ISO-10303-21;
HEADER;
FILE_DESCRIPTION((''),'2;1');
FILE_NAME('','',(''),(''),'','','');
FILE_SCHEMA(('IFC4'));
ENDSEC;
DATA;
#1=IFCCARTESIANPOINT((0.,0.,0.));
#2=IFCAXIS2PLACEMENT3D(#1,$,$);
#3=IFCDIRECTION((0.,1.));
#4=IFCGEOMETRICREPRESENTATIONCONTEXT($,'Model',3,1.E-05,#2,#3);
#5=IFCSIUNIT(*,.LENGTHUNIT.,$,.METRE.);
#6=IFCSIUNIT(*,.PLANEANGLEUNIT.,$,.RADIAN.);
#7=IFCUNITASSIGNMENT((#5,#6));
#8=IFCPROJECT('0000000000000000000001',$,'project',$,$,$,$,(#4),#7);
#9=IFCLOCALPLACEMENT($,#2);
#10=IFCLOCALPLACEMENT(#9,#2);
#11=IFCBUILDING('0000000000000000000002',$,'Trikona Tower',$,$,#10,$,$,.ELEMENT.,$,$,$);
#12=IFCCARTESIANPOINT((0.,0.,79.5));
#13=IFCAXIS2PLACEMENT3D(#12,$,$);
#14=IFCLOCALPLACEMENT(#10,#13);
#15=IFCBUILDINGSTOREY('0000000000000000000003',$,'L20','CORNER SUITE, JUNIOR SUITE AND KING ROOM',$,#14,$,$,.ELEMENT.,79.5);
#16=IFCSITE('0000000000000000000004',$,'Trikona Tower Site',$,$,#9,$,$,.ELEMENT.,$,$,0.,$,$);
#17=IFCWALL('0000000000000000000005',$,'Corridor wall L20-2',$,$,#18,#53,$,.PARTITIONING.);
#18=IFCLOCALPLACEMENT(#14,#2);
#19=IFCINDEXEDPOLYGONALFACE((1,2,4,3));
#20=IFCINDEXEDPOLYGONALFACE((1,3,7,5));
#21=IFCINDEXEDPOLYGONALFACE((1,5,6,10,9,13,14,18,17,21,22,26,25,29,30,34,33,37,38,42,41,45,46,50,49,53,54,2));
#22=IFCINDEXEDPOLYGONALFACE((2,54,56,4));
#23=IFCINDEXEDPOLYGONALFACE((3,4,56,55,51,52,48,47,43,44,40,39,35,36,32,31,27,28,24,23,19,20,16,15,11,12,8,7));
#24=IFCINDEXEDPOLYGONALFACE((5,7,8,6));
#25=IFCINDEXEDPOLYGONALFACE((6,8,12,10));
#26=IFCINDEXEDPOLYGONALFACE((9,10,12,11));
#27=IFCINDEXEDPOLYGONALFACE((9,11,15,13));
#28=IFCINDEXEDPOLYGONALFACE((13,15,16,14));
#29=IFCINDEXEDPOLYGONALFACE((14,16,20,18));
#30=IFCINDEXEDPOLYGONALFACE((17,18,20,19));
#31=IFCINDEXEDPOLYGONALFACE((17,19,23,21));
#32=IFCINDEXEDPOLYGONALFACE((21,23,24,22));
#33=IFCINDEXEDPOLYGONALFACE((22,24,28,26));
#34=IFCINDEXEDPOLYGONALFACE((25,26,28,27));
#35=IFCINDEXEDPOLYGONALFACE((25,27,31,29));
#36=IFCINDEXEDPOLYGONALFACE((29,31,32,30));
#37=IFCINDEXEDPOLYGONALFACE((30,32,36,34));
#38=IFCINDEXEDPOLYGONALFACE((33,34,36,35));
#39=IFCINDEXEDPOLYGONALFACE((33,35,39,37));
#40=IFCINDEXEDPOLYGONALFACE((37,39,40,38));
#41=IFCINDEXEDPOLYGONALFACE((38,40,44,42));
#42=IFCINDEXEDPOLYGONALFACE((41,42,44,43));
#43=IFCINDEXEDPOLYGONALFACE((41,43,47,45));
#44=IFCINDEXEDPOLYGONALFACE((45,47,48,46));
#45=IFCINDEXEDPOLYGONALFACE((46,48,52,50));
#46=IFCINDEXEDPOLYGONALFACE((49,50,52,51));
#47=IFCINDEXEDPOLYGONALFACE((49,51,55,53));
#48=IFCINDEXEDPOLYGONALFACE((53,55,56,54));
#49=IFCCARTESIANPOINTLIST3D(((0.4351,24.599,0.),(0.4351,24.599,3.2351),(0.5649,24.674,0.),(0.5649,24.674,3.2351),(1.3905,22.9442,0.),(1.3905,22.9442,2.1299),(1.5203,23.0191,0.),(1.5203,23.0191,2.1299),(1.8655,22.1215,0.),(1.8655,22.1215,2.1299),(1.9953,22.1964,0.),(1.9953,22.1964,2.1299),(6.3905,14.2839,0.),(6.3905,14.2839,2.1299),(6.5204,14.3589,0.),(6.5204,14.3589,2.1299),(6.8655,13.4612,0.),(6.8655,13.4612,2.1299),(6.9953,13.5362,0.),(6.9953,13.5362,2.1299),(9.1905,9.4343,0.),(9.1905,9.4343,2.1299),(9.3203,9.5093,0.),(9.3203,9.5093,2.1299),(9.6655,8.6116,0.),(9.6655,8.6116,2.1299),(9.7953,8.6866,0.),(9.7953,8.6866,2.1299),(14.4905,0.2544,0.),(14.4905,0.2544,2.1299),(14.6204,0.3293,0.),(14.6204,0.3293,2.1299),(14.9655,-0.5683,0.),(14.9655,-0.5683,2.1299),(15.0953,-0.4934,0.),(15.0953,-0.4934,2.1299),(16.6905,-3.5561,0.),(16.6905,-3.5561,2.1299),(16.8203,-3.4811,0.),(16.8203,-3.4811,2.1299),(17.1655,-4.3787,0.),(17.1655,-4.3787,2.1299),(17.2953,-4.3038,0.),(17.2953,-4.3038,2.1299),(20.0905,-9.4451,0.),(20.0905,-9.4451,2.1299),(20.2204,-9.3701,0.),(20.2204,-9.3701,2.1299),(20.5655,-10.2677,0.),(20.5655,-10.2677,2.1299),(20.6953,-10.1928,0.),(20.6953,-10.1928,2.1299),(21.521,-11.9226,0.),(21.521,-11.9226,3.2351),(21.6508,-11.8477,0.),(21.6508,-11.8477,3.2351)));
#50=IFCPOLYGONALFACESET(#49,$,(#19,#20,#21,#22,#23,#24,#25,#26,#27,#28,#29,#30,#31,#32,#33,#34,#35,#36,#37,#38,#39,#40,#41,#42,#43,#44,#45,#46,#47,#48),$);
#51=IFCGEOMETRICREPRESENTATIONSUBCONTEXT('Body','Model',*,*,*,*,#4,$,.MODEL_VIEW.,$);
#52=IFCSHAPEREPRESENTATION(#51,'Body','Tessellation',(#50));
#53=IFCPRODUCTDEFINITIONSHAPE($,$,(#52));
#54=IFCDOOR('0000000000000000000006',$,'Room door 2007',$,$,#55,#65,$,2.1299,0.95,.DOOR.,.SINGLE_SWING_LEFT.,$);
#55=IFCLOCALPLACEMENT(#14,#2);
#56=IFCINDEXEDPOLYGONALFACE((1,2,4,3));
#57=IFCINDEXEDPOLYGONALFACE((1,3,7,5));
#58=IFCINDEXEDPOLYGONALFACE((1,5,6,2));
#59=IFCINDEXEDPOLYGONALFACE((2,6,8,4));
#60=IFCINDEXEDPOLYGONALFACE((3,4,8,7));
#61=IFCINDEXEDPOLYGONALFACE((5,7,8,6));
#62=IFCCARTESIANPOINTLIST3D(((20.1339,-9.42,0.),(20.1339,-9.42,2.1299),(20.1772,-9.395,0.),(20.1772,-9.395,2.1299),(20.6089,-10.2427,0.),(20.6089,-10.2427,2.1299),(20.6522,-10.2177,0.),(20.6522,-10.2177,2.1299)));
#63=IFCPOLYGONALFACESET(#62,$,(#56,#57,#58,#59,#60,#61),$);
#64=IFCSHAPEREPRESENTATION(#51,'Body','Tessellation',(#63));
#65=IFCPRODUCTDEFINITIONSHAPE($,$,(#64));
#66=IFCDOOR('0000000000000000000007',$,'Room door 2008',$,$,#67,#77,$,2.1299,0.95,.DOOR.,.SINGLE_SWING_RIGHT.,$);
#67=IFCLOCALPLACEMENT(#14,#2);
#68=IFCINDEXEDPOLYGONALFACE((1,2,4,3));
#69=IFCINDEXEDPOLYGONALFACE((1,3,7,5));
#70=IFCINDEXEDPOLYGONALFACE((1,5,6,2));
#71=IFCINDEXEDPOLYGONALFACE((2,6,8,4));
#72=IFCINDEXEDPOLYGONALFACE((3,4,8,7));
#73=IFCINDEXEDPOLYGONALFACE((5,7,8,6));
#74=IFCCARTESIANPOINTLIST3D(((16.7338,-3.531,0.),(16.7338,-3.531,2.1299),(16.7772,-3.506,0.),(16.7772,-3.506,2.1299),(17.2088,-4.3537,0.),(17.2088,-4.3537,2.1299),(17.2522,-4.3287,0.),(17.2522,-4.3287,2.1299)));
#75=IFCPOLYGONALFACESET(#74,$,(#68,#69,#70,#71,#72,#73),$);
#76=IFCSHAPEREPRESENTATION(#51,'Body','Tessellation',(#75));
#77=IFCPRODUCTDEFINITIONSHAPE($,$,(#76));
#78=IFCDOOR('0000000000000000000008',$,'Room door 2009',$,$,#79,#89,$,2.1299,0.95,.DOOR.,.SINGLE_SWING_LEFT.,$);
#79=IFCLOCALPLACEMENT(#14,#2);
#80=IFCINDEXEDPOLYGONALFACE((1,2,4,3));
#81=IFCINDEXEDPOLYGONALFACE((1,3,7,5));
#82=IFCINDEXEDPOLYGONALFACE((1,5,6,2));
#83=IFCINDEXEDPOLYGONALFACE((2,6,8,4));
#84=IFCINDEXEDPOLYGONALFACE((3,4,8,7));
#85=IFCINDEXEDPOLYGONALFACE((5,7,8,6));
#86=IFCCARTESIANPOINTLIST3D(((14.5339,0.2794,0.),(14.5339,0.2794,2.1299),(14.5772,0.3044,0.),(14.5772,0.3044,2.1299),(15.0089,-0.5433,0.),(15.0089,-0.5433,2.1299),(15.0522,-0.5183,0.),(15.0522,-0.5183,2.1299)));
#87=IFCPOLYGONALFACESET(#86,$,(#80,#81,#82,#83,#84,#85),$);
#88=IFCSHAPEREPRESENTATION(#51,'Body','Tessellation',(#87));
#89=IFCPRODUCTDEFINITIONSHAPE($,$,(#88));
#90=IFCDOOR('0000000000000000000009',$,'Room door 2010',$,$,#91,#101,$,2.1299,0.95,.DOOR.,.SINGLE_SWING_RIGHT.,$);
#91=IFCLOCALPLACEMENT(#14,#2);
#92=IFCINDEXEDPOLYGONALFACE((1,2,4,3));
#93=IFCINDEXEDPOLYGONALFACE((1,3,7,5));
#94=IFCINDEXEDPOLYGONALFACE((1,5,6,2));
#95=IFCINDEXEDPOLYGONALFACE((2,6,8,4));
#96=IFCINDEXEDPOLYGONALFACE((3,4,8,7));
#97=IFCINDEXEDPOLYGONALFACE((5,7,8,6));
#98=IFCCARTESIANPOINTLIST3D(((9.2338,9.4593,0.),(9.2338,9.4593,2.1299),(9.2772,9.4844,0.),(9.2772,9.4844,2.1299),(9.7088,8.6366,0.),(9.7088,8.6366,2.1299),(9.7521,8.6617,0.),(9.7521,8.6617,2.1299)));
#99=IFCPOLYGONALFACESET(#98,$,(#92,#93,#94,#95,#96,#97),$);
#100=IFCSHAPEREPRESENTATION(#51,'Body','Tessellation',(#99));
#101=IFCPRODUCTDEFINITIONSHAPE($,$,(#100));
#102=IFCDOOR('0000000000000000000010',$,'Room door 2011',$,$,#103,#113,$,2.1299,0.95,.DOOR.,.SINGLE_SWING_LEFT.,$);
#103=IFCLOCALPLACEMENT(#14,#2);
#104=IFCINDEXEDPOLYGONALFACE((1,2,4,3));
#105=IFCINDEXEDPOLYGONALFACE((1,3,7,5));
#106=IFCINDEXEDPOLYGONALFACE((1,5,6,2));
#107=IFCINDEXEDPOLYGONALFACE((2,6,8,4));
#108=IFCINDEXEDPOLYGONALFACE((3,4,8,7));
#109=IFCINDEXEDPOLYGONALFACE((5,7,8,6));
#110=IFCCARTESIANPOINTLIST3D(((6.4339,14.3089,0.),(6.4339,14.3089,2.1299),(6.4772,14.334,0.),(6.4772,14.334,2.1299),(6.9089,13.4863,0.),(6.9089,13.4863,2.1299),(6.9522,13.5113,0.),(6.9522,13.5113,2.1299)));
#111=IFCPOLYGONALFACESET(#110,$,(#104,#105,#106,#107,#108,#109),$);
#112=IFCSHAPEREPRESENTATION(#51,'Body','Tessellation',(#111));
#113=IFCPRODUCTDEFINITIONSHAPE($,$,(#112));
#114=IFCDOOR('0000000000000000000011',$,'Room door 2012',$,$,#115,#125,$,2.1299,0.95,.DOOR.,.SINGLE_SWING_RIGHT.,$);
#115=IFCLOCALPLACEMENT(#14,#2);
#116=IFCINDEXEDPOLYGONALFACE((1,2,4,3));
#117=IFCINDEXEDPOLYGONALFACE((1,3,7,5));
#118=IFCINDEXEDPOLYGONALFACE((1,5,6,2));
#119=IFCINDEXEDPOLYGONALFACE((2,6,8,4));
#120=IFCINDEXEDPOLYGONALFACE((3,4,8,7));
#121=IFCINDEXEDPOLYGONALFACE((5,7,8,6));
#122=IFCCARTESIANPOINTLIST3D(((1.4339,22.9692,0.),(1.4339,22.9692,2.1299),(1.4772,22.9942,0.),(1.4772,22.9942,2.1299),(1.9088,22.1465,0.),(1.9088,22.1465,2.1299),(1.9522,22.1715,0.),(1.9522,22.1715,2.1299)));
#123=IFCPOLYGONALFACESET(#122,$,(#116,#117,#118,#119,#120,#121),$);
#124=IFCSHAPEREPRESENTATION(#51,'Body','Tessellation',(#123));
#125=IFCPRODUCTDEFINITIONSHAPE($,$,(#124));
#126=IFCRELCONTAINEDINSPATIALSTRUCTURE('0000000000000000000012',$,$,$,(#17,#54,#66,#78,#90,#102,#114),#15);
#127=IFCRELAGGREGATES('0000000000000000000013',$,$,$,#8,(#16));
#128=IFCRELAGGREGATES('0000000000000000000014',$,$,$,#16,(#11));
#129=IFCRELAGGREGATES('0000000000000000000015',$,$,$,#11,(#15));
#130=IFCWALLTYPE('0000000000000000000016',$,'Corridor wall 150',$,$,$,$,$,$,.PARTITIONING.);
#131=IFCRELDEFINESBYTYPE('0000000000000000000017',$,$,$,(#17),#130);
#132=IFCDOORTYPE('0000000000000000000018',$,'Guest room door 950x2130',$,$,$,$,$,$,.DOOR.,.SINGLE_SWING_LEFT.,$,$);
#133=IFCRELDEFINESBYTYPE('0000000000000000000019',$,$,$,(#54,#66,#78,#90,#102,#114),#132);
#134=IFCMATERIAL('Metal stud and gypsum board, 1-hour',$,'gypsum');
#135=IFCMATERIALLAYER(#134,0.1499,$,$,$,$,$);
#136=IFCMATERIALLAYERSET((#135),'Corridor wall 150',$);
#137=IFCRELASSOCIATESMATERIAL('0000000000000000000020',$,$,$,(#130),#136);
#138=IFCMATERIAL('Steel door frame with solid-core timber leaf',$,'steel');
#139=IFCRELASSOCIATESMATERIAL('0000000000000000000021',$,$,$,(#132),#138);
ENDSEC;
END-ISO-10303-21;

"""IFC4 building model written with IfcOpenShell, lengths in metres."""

from ifc_helpers import new_model, si_unit, direction, frame, frame_2d, origin, place, context, subcontext, project, spatial, rectangle, extrude, material, layer, layer_set, type_object, element, fill, save


model = new_model("IFC4")

# Units and contexts
model_context = context("Model", 3, precision=1e-05, world=origin(), true_north=direction((0.0, 1.0)))
body_context = subcontext(model_context, "Body", "Model", "MODEL_VIEW")
ifc_project = project(units=[si_unit("LENGTHUNIT", "METRE"), si_unit("PLANEANGLEUNIT", "RADIAN")], contexts=[model_context])

# Site, building, storey
site_placement = place(None, origin())
site = spatial("IfcSite", under=ifc_project, at=site_placement, Name="Trikona Tower Site", CompositionType="ELEMENT", RefElevation=0.0)
building_placement = place(site_placement, origin())
building = spatial("IfcBuilding", under=site, at=building_placement, Name="Trikona Tower", CompositionType="ELEMENT")
storey_placement = place(building_placement, frame((0.0, 0.0, 79.5)))
storey = spatial("IfcBuildingStorey", under=building, at=storey_placement, Name="L20", Description="CORNER SUITE, JUNIOR SUITE AND KING ROOM", CompositionType="ELEMENT", Elevation=79.5)

# Wall, openings, doors
ifc_material_1 = material(Name="Metal stud and gypsum board, 1-hour", Category="gypsum")
ifc_layer_1 = layer(ifc_material_1, 0.1499)
ifc_layer_set_1 = layer_set([ifc_layer_1], Name="Corridor wall 150")
wall_type_1 = type_object("IfcWallType", Name="Corridor wall 150", PredefinedType="PARTITIONING", material=ifc_layer_set_1)
wall_1_placement = place(storey_placement, frame((21.5859, -11.8853, 0.0), z_axis=(0.0, 0.0, 1.0), x_axis=(-0.500002, 0.866024, 0.0)))
wall_1 = element("IfcWall", 1, at=wall_1_placement, inside=storey, type_object=wall_type_1, Name="Corridor wall L20-2", PredefinedType="PARTITIONING", context=body_context, shape_type="SweptSolid", body=[
    extrude(rectangle(XDim=42.1716, YDim=0.1499, at=frame_2d((21.0859, 0.0))), origin(), (0.0, 0.0, 1.0), 3.2351),
])
opening_1_placement = place(wall_1_placement, frame((1.9109, 0.0, 0.0)))
opening_1 = element("IfcOpeningElement", 2, at=opening_1_placement, cuts=wall_1, PredefinedType="OPENING", context=body_context, shape_type="SweptSolid", body=[
    extrude(rectangle(XDim=0.95, YDim=2.1299, at=frame_2d((0.4751, 1.0649))), frame((0.0, 0.085, 0.0), z_axis=(0.0, -1.0, 0.0), x_axis=(1.0, 0.0, 0.0)), (0.0, 0.0, 1.0), 0.1699),
])
opening_2_placement = place(wall_1_placement, frame((8.7109, 0.0, 0.0)))
opening_2 = element("IfcOpeningElement", 3, at=opening_2_placement, cuts=wall_1, PredefinedType="OPENING", context=body_context, shape_type="SweptSolid", body=[
    extrude(rectangle(XDim=0.95, YDim=2.1299, at=frame_2d((0.4751, 1.0649))), frame((0.0, 0.085, 0.0), z_axis=(0.0, -1.0, 0.0), x_axis=(1.0, 0.0, 0.0)), (0.0, 0.0, 1.0), 0.1699),
])
opening_3_placement = place(wall_1_placement, frame((13.1108, 0.0, 0.0)))
opening_3 = element("IfcOpeningElement", 4, at=opening_3_placement, cuts=wall_1, PredefinedType="OPENING", context=body_context, shape_type="SweptSolid", body=[
    extrude(rectangle(XDim=0.95, YDim=2.1299, at=frame_2d((0.4751, 1.0649))), frame((0.0, 0.085, 0.0), z_axis=(0.0, -1.0, 0.0), x_axis=(1.0, 0.0, 0.0)), (0.0, 0.0, 1.0), 0.1699),
])
opening_4_placement = place(wall_1_placement, frame((23.7109, 0.0, 0.0)))
opening_4 = element("IfcOpeningElement", 5, at=opening_4_placement, cuts=wall_1, PredefinedType="OPENING", context=body_context, shape_type="SweptSolid", body=[
    extrude(rectangle(XDim=0.95, YDim=2.1299, at=frame_2d((0.4751, 1.0649))), frame((0.0, 0.085, 0.0), z_axis=(0.0, -1.0, 0.0), x_axis=(1.0, 0.0, 0.0)), (0.0, 0.0, 1.0), 0.1699),
])
opening_5_placement = place(wall_1_placement, frame((29.3108, 0.0, 0.0)))
opening_5 = element("IfcOpeningElement", 6, at=opening_5_placement, cuts=wall_1, PredefinedType="OPENING", context=body_context, shape_type="SweptSolid", body=[
    extrude(rectangle(XDim=0.95, YDim=2.1299, at=frame_2d((0.4751, 1.0649))), frame((0.0, 0.085, 0.0), z_axis=(0.0, -1.0, 0.0), x_axis=(1.0, 0.0, 0.0)), (0.0, 0.0, 1.0), 0.1699),
])
opening_6_placement = place(wall_1_placement, frame((39.3108, 0.0, 0.0)))
opening_6 = element("IfcOpeningElement", 7, at=opening_6_placement, cuts=wall_1, PredefinedType="OPENING", context=body_context, shape_type="SweptSolid", body=[
    extrude(rectangle(XDim=0.95, YDim=2.1299, at=frame_2d((0.4751, 1.0649))), frame((0.0, 0.085, 0.0), z_axis=(0.0, -1.0, 0.0), x_axis=(1.0, 0.0, 0.0)), (0.0, 0.0, 1.0), 0.1699),
])
ifc_material_2 = material(Name="Steel door frame with solid-core timber leaf", Category="steel")
door_type = type_object("IfcDoorType", Name="Guest room door 950x2130", OperationType="SINGLE_SWING_LEFT", PredefinedType="DOOR", material=ifc_material_2)
door_1_placement = place(opening_1_placement, origin())
door_1 = element("IfcDoor", 8, at=door_1_placement, inside=storey, type_object=door_type, Name="Room door 2007", OperationType="SINGLE_SWING_LEFT", OverallHeight=2.1299, OverallWidth=0.95, PredefinedType="DOOR", context=body_context, shape_type="SweptSolid", body=[
    extrude(rectangle(XDim=0.95, YDim=2.1299, at=frame_2d((0.4751, 1.0649))), frame((0.0, 0.0249, 0.0), z_axis=(0.0, -1.0, 0.0), x_axis=(1.0, 0.0, 0.0)), (0.0, 0.0, 1.0), 0.05),
])
fill(opening_1, door_1)
door_2_placement = place(opening_2_placement, origin())
door_2 = element("IfcDoor", 9, at=door_2_placement, inside=storey, type_object=door_type, Name="Room door 2008", OperationType="SINGLE_SWING_RIGHT", OverallHeight=2.1299, OverallWidth=0.95, PredefinedType="DOOR", context=body_context, shape_type="SweptSolid", body=[
    extrude(rectangle(XDim=0.95, YDim=2.1299, at=frame_2d((0.4751, 1.0649))), frame((0.0, 0.0249, 0.0), z_axis=(0.0, -1.0, 0.0), x_axis=(1.0, 0.0, 0.0)), (0.0, 0.0, 1.0), 0.05),
])
fill(opening_2, door_2)
door_3_placement = place(opening_3_placement, origin())
door_3 = element("IfcDoor", 10, at=door_3_placement, inside=storey, type_object=door_type, Name="Room door 2009", OperationType="SINGLE_SWING_LEFT", OverallHeight=2.1299, OverallWidth=0.95, PredefinedType="DOOR", context=body_context, shape_type="SweptSolid", body=[
    extrude(rectangle(XDim=0.95, YDim=2.1299, at=frame_2d((0.4751, 1.0649))), frame((0.0, 0.0249, 0.0), z_axis=(0.0, -1.0, 0.0), x_axis=(1.0, 0.0, 0.0)), (0.0, 0.0, 1.0), 0.05),
])
fill(opening_3, door_3)
door_4_placement = place(opening_4_placement, origin())
door_4 = element("IfcDoor", 11, at=door_4_placement, inside=storey, type_object=door_type, Name="Room door 2010", OperationType="SINGLE_SWING_RIGHT", OverallHeight=2.1299, OverallWidth=0.95, PredefinedType="DOOR", context=body_context, shape_type="SweptSolid", body=[
    extrude(rectangle(XDim=0.95, YDim=2.1299, at=frame_2d((0.4751, 1.0649))), frame((0.0, 0.0249, 0.0), z_axis=(0.0, -1.0, 0.0), x_axis=(1.0, 0.0, 0.0)), (0.0, 0.0, 1.0), 0.05),
])
fill(opening_4, door_4)
door_5_placement = place(opening_5_placement, origin())
door_5 = element("IfcDoor", 12, at=door_5_placement, inside=storey, type_object=door_type, Name="Room door 2011", OperationType="SINGLE_SWING_LEFT", OverallHeight=2.1299, OverallWidth=0.95, PredefinedType="DOOR", context=body_context, shape_type="SweptSolid", body=[
    extrude(rectangle(XDim=0.95, YDim=2.1299, at=frame_2d((0.4751, 1.0649))), frame((0.0, 0.0249, 0.0), z_axis=(0.0, -1.0, 0.0), x_axis=(1.0, 0.0, 0.0)), (0.0, 0.0, 1.0), 0.05),
])
fill(opening_5, door_5)
door_6_placement = place(opening_6_placement, origin())
door_6 = element("IfcDoor", 13, at=door_6_placement, inside=storey, type_object=door_type, Name="Room door 2012", OperationType="SINGLE_SWING_RIGHT", OverallHeight=2.1299, OverallWidth=0.95, PredefinedType="DOOR", context=body_context, shape_type="SweptSolid", body=[
    extrude(rectangle(XDim=0.95, YDim=2.1299, at=frame_2d((0.4751, 1.0649))), frame((0.0, 0.0249, 0.0), z_axis=(0.0, -1.0, 0.0), x_axis=(1.0, 0.0, 0.0)), (0.0, 0.0, 1.0), 0.05),
])
fill(opening_6, door_6)

save(model, "model.ifc")
